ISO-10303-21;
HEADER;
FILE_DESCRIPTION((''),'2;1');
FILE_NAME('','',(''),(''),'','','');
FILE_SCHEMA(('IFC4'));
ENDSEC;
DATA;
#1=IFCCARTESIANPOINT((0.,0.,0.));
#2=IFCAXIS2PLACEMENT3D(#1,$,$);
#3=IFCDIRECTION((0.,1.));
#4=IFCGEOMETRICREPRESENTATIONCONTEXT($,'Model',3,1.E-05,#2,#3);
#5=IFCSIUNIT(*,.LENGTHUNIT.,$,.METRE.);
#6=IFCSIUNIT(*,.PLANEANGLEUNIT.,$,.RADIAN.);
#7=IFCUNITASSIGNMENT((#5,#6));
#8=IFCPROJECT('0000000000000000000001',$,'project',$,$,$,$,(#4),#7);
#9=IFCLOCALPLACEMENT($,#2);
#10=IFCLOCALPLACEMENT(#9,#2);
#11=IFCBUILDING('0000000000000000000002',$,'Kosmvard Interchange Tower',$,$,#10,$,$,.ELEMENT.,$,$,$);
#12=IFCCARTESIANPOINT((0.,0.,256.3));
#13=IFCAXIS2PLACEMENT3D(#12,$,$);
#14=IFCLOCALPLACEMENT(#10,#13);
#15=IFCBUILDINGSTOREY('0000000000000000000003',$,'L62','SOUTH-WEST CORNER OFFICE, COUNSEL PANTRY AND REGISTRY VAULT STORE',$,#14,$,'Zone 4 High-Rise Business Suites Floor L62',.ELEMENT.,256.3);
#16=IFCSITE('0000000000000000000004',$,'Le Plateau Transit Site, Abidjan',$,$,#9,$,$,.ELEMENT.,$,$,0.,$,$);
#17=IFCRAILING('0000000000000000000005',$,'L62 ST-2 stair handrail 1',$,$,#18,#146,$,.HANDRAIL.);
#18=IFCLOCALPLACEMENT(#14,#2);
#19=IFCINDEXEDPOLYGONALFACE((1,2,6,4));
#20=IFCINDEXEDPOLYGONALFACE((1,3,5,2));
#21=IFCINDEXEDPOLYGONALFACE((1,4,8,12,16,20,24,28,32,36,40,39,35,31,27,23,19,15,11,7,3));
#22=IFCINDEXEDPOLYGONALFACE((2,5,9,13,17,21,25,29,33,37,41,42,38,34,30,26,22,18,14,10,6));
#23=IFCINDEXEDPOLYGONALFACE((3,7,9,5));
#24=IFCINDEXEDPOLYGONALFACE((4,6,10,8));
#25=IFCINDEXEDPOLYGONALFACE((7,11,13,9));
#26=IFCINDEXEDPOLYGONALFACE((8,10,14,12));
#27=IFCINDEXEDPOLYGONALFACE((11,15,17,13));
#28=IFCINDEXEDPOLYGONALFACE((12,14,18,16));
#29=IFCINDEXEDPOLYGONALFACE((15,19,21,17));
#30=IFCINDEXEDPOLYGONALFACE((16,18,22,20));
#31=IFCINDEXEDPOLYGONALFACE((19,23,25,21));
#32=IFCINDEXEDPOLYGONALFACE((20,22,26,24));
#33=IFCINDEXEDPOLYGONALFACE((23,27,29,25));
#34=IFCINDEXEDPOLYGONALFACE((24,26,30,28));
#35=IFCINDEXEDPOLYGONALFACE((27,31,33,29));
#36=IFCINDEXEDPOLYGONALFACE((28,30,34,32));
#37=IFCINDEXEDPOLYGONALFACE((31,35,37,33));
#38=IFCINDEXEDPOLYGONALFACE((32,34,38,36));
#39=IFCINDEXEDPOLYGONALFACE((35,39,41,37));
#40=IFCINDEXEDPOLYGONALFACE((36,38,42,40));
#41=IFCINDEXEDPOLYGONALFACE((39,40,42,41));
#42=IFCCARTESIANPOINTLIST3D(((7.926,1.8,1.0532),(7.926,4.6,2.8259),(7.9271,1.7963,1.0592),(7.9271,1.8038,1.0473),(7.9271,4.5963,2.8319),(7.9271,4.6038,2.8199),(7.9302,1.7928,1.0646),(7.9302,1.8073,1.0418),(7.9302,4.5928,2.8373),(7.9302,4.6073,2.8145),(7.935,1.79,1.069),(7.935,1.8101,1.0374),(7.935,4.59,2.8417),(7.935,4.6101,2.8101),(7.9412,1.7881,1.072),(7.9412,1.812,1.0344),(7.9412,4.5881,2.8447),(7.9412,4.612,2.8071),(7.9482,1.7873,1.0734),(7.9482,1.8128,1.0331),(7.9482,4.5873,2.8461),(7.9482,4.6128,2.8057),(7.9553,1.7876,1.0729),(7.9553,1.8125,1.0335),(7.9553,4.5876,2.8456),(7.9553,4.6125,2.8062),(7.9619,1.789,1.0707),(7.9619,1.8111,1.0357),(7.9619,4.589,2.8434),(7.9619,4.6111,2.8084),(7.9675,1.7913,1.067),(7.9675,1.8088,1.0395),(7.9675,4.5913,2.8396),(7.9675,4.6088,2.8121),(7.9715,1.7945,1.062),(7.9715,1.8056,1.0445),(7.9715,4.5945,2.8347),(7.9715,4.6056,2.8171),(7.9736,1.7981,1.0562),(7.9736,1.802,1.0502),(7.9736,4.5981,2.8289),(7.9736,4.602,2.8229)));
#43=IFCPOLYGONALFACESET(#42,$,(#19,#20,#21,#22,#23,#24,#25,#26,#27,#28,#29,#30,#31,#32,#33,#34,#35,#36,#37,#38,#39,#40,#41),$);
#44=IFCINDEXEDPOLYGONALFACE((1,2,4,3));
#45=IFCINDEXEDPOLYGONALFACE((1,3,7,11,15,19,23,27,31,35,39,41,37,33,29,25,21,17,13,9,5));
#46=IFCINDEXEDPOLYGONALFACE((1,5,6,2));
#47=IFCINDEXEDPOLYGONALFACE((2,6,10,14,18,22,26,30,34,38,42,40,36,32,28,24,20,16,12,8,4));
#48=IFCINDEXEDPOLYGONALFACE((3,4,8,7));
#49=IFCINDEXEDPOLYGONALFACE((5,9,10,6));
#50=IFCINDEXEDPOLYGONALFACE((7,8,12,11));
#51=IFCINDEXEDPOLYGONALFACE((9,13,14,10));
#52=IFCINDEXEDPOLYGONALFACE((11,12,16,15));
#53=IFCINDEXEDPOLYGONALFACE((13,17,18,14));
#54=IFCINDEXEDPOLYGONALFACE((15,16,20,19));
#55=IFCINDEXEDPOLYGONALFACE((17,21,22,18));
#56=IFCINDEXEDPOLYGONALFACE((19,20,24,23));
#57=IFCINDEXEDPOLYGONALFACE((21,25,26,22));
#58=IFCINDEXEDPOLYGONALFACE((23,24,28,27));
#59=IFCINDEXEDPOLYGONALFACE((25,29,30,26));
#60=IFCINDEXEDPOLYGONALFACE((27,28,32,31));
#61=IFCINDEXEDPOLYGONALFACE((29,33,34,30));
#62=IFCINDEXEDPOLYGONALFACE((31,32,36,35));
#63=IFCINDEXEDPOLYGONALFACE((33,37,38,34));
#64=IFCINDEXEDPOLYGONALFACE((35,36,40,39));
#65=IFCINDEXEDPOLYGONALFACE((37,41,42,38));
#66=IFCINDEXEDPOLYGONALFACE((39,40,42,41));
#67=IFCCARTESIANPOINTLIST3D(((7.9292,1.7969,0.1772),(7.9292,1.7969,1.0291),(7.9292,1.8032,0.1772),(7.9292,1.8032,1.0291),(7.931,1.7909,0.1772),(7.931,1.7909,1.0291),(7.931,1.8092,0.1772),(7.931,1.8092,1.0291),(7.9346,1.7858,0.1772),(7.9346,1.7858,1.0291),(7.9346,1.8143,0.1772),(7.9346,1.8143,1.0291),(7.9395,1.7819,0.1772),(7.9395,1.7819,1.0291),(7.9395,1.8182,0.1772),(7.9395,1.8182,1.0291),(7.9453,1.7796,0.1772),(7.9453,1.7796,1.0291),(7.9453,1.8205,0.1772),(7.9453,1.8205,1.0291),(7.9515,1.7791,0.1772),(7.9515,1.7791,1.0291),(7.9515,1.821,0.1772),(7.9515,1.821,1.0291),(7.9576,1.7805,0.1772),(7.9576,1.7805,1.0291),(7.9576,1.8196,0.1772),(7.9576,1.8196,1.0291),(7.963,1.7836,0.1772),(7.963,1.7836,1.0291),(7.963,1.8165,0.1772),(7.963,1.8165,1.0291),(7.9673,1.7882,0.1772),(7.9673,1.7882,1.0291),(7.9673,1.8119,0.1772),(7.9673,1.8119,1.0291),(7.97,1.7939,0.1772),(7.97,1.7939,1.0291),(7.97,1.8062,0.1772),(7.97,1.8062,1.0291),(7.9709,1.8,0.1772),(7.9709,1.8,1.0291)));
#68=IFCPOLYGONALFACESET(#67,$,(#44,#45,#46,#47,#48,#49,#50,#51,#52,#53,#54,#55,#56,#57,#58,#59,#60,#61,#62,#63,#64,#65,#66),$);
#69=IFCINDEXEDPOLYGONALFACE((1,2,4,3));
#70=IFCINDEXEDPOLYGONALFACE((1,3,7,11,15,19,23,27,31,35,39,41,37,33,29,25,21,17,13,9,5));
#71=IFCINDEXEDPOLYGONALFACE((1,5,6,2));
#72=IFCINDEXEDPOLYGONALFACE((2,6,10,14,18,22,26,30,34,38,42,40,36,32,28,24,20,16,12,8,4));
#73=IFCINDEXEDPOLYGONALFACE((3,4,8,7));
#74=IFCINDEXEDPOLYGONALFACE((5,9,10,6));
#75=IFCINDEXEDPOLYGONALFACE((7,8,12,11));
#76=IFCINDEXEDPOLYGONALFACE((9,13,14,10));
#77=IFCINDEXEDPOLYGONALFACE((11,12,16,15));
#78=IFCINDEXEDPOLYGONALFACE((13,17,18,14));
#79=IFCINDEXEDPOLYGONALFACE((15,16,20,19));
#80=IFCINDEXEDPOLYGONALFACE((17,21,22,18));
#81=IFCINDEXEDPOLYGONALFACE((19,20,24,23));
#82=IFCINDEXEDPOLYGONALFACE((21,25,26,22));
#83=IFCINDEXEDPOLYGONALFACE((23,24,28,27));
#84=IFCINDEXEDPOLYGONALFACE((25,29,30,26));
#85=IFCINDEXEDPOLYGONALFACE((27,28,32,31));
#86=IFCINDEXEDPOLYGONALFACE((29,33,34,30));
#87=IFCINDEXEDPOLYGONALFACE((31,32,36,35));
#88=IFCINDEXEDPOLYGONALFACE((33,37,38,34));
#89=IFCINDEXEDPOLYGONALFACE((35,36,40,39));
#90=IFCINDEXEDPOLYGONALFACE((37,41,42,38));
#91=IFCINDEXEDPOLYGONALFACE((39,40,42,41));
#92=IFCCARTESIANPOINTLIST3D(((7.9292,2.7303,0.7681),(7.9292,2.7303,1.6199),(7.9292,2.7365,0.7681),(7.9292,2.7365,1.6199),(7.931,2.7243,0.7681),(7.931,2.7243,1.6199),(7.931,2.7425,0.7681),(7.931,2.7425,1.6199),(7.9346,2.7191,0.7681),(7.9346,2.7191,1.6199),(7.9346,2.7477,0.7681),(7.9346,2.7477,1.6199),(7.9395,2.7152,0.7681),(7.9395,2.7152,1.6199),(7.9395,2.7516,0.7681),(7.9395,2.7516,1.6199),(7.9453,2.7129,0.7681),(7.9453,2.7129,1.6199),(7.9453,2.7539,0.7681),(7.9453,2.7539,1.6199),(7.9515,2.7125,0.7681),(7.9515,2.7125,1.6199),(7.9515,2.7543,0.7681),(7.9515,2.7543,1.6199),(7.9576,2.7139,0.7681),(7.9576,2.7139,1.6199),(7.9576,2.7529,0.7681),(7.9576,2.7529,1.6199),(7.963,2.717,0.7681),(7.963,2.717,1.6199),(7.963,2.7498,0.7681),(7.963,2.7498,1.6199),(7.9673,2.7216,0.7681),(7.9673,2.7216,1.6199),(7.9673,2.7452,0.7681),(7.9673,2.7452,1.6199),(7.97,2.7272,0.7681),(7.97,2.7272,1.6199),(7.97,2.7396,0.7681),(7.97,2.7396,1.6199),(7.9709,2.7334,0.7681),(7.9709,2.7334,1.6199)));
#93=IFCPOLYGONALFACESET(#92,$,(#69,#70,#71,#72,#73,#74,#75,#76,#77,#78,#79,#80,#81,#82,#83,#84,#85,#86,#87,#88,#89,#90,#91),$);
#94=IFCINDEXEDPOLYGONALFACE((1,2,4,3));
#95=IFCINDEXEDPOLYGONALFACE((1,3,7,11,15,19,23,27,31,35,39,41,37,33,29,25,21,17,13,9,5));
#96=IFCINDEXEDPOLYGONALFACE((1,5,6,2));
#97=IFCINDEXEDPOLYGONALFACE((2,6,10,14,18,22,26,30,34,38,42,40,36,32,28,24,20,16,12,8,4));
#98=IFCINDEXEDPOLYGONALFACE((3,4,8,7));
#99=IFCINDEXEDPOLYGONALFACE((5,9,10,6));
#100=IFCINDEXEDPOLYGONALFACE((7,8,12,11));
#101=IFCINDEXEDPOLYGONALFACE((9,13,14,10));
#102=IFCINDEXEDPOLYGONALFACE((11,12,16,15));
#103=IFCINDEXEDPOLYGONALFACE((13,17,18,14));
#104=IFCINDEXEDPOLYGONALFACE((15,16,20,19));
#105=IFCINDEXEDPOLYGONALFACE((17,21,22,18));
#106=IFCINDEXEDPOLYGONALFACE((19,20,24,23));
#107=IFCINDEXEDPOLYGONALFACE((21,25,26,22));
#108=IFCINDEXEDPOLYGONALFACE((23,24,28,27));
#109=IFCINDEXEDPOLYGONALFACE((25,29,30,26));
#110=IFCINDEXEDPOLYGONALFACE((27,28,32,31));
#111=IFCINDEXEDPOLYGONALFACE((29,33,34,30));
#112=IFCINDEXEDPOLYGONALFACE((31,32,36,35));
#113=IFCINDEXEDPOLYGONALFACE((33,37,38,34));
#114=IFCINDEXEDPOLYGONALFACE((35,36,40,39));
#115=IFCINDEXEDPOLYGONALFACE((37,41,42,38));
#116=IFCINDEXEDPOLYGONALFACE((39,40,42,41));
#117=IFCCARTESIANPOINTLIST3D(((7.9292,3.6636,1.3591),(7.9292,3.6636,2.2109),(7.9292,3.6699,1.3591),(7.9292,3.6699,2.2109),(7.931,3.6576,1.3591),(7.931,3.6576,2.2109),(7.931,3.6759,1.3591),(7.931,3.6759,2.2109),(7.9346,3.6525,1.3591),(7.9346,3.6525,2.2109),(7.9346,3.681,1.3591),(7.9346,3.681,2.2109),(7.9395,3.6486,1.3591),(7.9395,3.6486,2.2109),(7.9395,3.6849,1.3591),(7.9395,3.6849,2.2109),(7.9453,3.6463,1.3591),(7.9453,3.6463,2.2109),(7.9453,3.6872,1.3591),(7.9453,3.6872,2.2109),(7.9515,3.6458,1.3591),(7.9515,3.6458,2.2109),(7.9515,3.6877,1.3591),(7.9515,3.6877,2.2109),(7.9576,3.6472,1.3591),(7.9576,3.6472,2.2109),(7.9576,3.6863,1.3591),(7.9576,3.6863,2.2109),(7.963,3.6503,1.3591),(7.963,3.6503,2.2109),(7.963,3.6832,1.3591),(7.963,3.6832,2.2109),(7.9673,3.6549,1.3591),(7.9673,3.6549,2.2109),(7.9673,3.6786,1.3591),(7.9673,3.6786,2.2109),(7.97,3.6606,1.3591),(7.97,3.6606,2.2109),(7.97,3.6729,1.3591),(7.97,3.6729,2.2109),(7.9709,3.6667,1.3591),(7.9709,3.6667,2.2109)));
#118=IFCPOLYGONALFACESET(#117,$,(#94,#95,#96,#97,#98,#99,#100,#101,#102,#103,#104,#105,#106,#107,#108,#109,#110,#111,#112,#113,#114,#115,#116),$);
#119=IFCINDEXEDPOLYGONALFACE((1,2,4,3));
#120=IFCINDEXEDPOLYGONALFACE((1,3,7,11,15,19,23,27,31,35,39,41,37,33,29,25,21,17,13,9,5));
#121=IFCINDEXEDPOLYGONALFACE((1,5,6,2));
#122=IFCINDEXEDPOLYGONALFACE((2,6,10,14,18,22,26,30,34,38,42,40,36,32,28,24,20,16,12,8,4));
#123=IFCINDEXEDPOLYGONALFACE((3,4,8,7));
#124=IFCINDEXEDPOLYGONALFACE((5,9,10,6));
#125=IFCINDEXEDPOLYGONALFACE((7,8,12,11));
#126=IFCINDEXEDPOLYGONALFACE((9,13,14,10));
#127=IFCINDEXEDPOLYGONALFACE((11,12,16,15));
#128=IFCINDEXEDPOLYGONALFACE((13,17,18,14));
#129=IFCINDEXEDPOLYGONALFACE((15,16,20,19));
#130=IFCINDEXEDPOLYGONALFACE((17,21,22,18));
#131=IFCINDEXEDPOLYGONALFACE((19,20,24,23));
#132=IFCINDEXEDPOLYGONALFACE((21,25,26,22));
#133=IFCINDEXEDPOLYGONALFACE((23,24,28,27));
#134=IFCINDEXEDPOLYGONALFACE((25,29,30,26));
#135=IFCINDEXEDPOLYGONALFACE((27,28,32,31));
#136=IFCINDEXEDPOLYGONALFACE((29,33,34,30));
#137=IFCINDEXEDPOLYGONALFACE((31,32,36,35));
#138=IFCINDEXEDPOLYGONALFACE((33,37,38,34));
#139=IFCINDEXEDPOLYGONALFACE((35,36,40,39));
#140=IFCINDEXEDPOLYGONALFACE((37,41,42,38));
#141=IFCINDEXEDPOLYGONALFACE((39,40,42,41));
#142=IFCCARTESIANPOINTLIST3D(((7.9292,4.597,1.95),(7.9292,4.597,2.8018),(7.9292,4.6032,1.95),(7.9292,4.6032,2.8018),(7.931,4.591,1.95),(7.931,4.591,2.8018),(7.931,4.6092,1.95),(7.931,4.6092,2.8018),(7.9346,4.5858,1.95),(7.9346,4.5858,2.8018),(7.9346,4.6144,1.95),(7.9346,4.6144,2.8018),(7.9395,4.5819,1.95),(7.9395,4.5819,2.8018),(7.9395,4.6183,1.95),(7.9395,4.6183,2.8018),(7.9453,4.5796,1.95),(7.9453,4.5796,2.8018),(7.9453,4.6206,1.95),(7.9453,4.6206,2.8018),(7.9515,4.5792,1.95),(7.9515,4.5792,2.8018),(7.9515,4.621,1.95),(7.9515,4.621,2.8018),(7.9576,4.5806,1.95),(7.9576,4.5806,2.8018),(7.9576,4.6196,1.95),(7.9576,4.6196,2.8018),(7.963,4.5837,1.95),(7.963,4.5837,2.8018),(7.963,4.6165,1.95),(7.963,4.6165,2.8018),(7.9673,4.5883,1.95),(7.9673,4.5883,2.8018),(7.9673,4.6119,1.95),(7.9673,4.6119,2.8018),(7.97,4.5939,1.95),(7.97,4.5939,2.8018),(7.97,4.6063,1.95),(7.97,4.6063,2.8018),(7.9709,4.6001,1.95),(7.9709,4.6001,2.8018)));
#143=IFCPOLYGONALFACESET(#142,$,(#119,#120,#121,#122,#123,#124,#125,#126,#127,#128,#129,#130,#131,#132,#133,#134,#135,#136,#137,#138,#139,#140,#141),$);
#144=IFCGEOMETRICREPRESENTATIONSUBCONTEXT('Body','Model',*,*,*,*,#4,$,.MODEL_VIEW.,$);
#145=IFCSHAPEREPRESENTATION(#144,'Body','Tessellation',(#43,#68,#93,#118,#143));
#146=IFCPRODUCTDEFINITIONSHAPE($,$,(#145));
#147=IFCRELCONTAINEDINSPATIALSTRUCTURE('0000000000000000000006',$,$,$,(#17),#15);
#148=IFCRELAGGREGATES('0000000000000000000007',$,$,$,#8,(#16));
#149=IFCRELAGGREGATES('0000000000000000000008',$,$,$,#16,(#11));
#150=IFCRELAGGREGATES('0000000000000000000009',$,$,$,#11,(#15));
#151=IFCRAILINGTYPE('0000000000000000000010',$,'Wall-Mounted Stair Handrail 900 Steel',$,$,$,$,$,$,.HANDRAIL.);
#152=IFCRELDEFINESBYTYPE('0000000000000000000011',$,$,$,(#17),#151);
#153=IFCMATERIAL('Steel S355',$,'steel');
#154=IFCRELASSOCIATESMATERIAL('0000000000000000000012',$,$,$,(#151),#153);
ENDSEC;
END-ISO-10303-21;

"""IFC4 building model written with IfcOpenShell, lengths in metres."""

from ifc_helpers import new_model, si_unit, direction, frame, origin, origin_2d, place, context, subcontext, project, spatial, circle, extrude, source, transform, mapped, material, type_object, element, save


model = new_model("IFC4")

# Units and contexts
model_context = context("Model", 3, precision=1e-05, world=origin(), true_north=direction((0.0, 1.0)))
body_context = subcontext(model_context, "Body", "Model", "MODEL_VIEW")
ifc_project = project(units=[si_unit("LENGTHUNIT", "METRE"), si_unit("PLANEANGLEUNIT", "RADIAN")], contexts=[model_context])

# Site, building, storey
site_placement = place(None, origin())
site = spatial("IfcSite", under=ifc_project, at=site_placement, Name="Le Plateau Transit Site, Abidjan", CompositionType="ELEMENT", RefElevation=0.0)
building_placement = place(site_placement, origin())
building = spatial("IfcBuilding", under=site, at=building_placement, Name="Kosmvard Interchange Tower", CompositionType="ELEMENT")
storey_placement = place(building_placement, frame((0.0, 0.0, 256.3)))
storey = spatial("IfcBuildingStorey", under=building, at=storey_placement, Name="L62", Description="SOUTH-WEST CORNER OFFICE, COUNSEL PANTRY AND REGISTRY VAULT STORE", LongName="Zone 4 High-Rise Business Suites Floor L62", CompositionType="ELEMENT", Elevation=256.3)

# Shared definitions
ifc_material_1 = material(Name="Steel S355", Category="steel")

# Railing
railing_type_1 = type_object("IfcRailingType", Name="Wall-Mounted Stair Handrail 900 Steel", PredefinedType="HANDRAIL", material=ifc_material_1)
shared_shape_1 = source(origin(), body_context, "Body", "SweptSolid", [
    extrude(circle(Radius=0.0239, at=origin_2d()), frame((0.0, 0.0, 0.876), z_axis=(0.0, 0.844909, 0.53491), x_axis=(-1.0, 0.0, 0.0)), (0.0, 0.0, 1.0), 3.314),
    extrude(circle(Radius=0.021, at=origin_2d()), origin(), (0.0, 0.0, 1.0), 0.8518),
    extrude(circle(Radius=0.021, at=origin_2d()), frame((0.0, 0.9333, 0.5908)), (0.0, 0.0, 1.0), 0.8518),
    extrude(circle(Radius=0.021, at=origin_2d()), frame((0.0, 1.8667, 1.1819)), (0.0, 0.0, 1.0), 0.8518),
    extrude(circle(Radius=0.021, at=origin_2d()), frame((0.0, 2.8, 1.7727)), (0.0, 0.0, 1.0), 0.8518),
])
railing_1_placement = place(storey_placement, frame((7.95, 1.8, 0.1772)))
element("IfcRailing", 1, at=railing_1_placement, inside=storey, type_object=railing_type_1, Name="L62 ST-2 stair handrail 1", PredefinedType="HANDRAIL", context=body_context, shape_type="MappedRepresentation", body=[
    mapped(shared_shape_1, transform((0.0, 0.0, 0.0), scale=1.0)),
])

save(model, "model.ifc")
